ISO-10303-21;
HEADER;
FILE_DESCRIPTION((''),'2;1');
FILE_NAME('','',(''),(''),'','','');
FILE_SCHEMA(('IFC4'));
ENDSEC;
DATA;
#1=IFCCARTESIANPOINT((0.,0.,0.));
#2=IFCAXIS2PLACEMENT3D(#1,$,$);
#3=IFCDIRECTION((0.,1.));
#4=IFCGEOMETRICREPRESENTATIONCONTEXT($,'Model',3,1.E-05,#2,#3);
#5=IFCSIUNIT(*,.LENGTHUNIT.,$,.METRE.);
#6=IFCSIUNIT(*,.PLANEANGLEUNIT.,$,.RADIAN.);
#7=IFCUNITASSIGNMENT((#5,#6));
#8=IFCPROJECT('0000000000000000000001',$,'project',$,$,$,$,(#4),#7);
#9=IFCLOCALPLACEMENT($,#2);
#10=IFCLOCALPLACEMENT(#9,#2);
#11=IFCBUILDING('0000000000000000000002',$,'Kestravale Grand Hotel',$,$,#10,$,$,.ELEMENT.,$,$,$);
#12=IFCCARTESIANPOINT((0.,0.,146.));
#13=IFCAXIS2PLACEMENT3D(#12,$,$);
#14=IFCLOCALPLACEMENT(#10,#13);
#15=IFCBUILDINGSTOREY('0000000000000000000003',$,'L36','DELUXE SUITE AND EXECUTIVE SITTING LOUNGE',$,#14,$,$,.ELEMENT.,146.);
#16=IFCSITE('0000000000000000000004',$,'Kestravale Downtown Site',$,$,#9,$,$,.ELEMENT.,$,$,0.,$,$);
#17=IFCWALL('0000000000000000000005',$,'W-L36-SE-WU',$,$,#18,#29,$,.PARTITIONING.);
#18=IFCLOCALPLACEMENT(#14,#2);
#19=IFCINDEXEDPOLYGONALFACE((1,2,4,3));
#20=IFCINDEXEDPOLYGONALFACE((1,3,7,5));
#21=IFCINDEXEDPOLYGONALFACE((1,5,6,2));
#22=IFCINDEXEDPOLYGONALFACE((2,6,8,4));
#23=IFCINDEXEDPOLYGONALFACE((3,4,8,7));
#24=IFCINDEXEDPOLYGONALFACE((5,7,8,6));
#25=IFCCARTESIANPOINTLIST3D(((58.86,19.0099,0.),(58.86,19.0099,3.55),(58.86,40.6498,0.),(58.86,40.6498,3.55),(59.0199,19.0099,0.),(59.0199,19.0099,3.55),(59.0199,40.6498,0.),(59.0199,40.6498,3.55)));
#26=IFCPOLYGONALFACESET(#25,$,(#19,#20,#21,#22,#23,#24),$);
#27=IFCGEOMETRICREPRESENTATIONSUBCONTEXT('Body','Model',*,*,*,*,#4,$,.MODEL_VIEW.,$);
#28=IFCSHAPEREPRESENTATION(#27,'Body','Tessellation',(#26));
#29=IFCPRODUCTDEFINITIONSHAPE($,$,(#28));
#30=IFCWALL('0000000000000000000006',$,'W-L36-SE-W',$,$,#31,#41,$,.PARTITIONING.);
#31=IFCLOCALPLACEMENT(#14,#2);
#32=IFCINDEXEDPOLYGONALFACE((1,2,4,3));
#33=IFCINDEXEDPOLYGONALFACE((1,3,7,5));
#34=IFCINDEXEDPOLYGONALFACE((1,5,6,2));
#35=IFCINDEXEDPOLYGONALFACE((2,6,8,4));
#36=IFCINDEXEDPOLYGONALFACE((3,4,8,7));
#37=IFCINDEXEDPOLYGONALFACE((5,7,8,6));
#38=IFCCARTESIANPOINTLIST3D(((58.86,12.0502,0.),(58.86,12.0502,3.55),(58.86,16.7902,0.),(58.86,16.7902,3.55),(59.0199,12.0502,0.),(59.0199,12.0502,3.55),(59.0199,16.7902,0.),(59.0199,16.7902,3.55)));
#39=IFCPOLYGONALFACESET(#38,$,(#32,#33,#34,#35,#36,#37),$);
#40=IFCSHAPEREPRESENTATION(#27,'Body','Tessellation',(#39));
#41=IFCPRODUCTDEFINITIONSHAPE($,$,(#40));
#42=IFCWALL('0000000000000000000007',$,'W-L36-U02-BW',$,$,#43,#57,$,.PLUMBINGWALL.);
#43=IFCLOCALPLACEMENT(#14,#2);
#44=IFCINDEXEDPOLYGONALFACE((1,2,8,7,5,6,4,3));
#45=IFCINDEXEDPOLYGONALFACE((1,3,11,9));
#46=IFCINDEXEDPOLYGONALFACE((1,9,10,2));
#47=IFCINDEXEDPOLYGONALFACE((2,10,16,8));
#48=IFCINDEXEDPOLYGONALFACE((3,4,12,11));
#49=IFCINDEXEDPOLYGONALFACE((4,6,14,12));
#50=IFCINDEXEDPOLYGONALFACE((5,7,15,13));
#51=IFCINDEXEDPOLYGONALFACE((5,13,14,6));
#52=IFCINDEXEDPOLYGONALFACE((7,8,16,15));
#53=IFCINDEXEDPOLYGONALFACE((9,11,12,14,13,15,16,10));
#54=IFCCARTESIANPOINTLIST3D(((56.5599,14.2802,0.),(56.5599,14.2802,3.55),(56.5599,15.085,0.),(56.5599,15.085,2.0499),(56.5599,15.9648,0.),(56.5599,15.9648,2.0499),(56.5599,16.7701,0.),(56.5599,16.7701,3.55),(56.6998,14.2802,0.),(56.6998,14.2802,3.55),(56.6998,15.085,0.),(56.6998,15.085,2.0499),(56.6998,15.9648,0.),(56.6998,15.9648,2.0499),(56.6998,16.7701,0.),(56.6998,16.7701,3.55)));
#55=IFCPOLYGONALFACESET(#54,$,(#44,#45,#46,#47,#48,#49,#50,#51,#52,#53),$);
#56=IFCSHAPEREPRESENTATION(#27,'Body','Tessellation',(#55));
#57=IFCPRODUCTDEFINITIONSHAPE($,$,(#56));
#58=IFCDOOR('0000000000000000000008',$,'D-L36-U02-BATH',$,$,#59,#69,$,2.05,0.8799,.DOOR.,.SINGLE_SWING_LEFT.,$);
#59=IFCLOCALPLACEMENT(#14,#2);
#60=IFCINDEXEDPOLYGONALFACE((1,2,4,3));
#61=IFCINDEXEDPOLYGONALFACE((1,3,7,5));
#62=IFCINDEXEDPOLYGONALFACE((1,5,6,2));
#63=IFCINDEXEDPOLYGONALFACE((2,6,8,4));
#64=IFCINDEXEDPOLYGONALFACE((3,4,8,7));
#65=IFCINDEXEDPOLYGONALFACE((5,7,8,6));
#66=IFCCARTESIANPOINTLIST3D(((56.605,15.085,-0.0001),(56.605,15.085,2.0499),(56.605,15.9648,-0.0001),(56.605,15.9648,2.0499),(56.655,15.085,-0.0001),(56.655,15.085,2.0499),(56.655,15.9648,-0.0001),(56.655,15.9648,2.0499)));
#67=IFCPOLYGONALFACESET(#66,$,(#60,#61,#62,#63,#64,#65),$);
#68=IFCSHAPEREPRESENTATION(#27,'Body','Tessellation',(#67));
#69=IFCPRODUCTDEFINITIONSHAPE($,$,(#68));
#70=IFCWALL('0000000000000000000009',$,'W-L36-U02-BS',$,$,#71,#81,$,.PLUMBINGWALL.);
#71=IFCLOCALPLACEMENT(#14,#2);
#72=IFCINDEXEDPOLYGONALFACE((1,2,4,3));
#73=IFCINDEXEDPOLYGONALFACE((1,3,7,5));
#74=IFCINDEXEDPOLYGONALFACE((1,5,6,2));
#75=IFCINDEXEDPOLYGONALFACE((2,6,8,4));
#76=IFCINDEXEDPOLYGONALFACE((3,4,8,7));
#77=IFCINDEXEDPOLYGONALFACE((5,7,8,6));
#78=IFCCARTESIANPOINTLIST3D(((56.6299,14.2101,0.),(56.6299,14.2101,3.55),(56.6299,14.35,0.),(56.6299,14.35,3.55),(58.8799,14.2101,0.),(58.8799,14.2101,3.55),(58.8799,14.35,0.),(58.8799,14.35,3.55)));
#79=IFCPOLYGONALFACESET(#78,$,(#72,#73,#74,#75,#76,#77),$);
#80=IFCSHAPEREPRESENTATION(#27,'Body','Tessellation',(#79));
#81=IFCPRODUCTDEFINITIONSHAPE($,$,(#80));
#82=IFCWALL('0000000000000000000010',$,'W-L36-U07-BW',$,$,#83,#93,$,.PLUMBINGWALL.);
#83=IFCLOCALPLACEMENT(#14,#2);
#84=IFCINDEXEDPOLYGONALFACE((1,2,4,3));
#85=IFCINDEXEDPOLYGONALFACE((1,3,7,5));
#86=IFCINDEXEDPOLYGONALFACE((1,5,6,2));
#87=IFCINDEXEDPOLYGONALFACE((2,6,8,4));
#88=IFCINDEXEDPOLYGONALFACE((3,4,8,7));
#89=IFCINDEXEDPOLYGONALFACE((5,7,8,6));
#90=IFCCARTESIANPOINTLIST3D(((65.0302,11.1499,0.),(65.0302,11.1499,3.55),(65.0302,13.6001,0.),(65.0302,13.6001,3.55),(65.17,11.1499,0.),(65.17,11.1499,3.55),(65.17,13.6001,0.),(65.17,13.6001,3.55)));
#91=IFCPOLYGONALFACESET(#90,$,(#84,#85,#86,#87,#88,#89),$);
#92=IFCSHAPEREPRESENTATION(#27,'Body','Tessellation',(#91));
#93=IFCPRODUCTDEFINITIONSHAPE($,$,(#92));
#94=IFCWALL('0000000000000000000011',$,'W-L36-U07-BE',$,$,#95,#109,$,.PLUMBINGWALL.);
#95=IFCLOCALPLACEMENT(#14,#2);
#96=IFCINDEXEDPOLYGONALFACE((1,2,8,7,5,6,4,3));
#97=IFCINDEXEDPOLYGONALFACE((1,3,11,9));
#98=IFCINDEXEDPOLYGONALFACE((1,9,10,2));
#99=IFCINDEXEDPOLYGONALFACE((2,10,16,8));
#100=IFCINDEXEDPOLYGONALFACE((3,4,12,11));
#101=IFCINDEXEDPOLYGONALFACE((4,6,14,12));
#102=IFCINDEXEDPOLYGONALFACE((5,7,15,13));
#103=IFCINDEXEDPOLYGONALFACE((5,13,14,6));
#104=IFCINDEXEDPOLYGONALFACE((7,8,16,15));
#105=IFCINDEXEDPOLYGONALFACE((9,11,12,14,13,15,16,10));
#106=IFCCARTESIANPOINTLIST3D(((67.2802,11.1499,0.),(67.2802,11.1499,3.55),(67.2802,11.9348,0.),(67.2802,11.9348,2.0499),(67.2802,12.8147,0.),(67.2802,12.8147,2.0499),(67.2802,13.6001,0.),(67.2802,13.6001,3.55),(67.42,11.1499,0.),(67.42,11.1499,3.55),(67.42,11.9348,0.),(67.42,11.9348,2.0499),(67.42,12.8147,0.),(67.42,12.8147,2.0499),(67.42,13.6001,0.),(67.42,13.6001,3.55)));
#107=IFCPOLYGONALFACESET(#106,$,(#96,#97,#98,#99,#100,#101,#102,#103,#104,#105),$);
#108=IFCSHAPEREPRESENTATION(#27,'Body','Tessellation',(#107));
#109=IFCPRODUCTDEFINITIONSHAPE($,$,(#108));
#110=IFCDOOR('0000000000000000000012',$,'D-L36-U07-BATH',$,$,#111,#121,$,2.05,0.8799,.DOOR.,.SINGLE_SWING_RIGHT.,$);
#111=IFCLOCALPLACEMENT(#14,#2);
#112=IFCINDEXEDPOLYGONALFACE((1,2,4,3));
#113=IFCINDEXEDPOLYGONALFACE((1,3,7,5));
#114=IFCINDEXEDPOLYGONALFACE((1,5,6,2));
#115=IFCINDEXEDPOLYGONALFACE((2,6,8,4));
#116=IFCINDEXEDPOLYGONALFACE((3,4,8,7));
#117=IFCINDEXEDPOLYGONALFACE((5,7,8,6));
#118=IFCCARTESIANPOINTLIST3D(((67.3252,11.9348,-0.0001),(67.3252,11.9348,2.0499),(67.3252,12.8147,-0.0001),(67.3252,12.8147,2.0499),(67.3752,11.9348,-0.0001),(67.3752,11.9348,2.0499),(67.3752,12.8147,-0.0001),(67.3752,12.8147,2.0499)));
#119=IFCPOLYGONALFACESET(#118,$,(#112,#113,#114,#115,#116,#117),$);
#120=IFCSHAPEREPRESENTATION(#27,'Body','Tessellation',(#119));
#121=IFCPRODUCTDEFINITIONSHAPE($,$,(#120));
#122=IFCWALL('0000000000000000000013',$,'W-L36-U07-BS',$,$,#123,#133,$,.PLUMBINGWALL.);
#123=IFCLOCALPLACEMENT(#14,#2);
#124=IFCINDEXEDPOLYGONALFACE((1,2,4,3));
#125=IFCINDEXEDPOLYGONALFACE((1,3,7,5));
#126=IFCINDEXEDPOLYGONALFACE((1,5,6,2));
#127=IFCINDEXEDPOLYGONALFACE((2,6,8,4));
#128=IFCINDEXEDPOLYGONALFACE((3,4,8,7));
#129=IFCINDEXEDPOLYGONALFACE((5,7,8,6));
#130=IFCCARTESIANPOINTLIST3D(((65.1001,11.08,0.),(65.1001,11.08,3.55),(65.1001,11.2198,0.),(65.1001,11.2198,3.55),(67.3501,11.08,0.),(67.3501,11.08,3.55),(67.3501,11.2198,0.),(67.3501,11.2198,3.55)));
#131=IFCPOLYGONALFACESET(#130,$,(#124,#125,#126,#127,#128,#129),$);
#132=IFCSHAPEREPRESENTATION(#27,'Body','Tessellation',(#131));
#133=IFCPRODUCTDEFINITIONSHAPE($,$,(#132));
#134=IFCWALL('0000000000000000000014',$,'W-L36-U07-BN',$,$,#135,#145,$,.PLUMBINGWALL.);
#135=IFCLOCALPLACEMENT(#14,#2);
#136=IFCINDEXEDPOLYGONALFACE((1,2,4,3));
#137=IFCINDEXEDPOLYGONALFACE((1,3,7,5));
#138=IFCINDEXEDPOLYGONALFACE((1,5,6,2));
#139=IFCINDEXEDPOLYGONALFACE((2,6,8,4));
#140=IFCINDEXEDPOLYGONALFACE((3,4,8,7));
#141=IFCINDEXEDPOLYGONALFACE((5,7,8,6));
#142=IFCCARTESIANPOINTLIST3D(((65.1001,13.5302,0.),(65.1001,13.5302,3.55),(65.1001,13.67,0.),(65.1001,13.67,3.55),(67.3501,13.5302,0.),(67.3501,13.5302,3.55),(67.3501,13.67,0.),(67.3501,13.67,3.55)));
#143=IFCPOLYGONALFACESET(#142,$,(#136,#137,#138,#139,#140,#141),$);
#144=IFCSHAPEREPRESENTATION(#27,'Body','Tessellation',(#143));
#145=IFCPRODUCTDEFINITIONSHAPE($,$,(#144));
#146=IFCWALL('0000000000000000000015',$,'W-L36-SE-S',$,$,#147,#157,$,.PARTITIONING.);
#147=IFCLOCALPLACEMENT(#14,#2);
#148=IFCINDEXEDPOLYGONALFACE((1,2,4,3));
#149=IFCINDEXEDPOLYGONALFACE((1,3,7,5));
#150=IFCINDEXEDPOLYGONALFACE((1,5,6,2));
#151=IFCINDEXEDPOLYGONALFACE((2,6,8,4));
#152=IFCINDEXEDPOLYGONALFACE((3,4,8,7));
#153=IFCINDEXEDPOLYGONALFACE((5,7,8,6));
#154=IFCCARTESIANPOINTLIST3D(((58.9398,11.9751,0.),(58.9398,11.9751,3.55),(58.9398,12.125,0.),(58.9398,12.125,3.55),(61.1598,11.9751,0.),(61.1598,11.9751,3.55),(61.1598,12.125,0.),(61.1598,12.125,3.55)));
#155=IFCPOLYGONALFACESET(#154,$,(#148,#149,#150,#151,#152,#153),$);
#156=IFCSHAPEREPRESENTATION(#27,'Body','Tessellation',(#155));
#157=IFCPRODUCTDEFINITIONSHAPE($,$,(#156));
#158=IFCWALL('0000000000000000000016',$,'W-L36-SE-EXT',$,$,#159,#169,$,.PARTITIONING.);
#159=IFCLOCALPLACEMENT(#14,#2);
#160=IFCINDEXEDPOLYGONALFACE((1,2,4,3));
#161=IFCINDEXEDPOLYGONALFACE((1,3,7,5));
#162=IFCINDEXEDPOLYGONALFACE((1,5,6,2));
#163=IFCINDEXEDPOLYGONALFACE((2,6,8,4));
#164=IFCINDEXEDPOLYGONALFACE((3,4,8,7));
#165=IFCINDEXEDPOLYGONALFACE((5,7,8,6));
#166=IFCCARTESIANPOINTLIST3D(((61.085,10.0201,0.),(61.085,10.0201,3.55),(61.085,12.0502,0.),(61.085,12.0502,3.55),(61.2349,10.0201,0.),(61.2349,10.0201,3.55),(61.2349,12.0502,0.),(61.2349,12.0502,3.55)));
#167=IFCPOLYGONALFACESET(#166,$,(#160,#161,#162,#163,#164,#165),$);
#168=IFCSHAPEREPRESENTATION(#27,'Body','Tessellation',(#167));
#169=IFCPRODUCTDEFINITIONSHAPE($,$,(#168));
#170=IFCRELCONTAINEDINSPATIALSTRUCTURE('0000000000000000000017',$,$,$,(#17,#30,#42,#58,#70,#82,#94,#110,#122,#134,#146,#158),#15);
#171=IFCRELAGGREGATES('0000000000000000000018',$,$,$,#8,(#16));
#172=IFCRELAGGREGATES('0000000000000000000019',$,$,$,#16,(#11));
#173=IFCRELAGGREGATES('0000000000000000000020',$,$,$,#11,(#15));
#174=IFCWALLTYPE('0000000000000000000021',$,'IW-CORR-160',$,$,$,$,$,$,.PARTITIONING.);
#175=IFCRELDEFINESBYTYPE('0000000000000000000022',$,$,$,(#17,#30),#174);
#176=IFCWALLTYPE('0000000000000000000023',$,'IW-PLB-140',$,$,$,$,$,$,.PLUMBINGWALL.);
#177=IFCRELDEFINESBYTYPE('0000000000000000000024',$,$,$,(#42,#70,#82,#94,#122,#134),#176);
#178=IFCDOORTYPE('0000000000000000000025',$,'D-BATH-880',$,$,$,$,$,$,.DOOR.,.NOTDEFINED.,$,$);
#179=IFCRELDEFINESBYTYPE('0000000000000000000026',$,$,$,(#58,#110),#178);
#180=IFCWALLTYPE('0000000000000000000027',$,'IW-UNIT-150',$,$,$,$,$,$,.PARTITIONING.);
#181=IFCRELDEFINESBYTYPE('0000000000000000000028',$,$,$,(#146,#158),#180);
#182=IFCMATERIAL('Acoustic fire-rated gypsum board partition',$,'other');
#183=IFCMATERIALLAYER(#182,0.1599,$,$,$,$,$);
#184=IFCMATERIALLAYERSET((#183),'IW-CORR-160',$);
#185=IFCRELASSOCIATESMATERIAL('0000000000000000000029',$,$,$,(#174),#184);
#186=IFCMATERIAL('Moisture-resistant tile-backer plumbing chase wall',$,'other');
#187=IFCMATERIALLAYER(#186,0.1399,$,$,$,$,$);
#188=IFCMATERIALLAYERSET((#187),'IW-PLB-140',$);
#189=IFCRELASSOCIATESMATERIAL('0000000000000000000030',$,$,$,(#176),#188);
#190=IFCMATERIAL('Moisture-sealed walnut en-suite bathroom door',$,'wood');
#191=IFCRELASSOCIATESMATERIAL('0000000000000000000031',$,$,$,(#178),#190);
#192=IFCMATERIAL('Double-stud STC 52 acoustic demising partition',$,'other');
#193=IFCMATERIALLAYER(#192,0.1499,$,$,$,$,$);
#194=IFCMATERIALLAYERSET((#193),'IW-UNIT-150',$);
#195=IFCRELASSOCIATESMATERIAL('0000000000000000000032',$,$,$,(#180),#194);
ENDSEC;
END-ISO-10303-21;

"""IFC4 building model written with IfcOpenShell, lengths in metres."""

from ifc_helpers import new_model, si_unit, direction, frame, frame_2d, origin, place, context, subcontext, project, spatial, rectangle, extrude, material, layer, layer_set, type_object, element, fill, save


model = new_model("IFC4")

# Units and contexts
model_context = context("Model", 3, precision=1e-05, world=origin(), true_north=direction((0.0, 1.0)))
body_context = subcontext(model_context, "Body", "Model", "MODEL_VIEW")
ifc_project = project(units=[si_unit("LENGTHUNIT", "METRE"), si_unit("PLANEANGLEUNIT", "RADIAN")], contexts=[model_context])

# Site, building, storey
site_placement = place(None, origin())
site = spatial("IfcSite", under=ifc_project, at=site_placement, Name="Kestravale Downtown Site", CompositionType="ELEMENT", RefElevation=0.0)
building_placement = place(site_placement, origin())
building = spatial("IfcBuilding", under=site, at=building_placement, Name="Kestravale Grand Hotel", CompositionType="ELEMENT")
storey_placement = place(building_placement, frame((0.0, 0.0, 146.0)))
storey = spatial("IfcBuildingStorey", under=building, at=storey_placement, Name="L36", Description="DELUXE SUITE AND EXECUTIVE SITTING LOUNGE", CompositionType="ELEMENT", Elevation=146.0)

# Shared definitions
ifc_material_1 = material(Name="Acoustic fire-rated gypsum board partition", Category="other")
ifc_layer_1 = layer(ifc_material_1, 0.1599)
ifc_layer_set_1 = layer_set([ifc_layer_1], Name="IW-CORR-160")
wall_type_1 = type_object("IfcWallType", Name="IW-CORR-160", PredefinedType="PARTITIONING", material=ifc_layer_set_1)

# Walls
wall_1_placement = place(storey_placement, frame((58.9399, 19.01, 0.0), z_axis=(0.0, 0.0, 1.0), x_axis=(0.0, 1.0, 0.0)))
element("IfcWall", 1, at=wall_1_placement, inside=storey, type_object=wall_type_1, Name="W-L36-SE-WU", PredefinedType="PARTITIONING", context=body_context, shape_type="SweptSolid", body=[
    extrude(rectangle(XDim=21.6399, YDim=0.1599, at=frame_2d((10.8198, 0.0))), origin(), (0.0, 0.0, 1.0), 3.55),
])
wall_2_placement = place(storey_placement, frame((58.9399, 12.05, 0.0), z_axis=(0.0, 0.0, 1.0), x_axis=(0.0, 1.0, 0.0)))
element("IfcWall", 2, at=wall_2_placement, inside=storey, type_object=wall_type_1, Name="W-L36-SE-W", PredefinedType="PARTITIONING", context=body_context, shape_type="SweptSolid", body=[
    extrude(rectangle(XDim=4.74, YDim=0.1599, at=frame_2d((2.3701, 0.0))), origin(), (0.0, 0.0, 1.0), 3.55),
])

# Wall, opening, door
ifc_material_2 = material(Name="Moisture-resistant tile-backer plumbing chase wall", Category="other")
ifc_layer_2 = layer(ifc_material_2, 0.1399)
ifc_layer_set_2 = layer_set([ifc_layer_2], Name="IW-PLB-140")
wall_type_2 = type_object("IfcWallType", Name="IW-PLB-140", PredefinedType="PLUMBINGWALL", material=ifc_layer_set_2)
wall_3_placement = place(storey_placement, frame((56.6299, 14.28, 0.0), z_axis=(0.0, 0.0, 1.0), x_axis=(0.0, 1.0, 0.0)))
wall_3 = element("IfcWall", 3, at=wall_3_placement, inside=storey, type_object=wall_type_2, Name="W-L36-U02-BW", PredefinedType="PLUMBINGWALL", context=body_context, shape_type="SweptSolid", body=[
    extrude(rectangle(XDim=2.49, YDim=0.1399, at=frame_2d((1.2451, 0.0))), origin(), (0.0, 0.0, 1.0), 3.55),
])
opening_1_placement = place(wall_3_placement, frame((0.8049, 0.0, 0.0)))
opening_1 = element("IfcOpeningElement", 4, at=opening_1_placement, cuts=wall_3, PredefinedType="OPENING", context=body_context, shape_type="SweptSolid", body=[
    extrude(rectangle(XDim=0.8799, YDim=2.05, at=frame_2d((0.4399, 1.0249))), frame((0.0, 0.0798, 0.0), z_axis=(0.0, -1.0, 0.0), x_axis=(1.0, 0.0, 0.0)), (0.0, 0.0, 1.0), 0.1599),
])
ifc_material_3 = material(Name="Moisture-sealed walnut en-suite bathroom door", Category="wood")
door_type_1 = type_object("IfcDoorType", Name="D-BATH-880", OperationType="NOTDEFINED", PredefinedType="DOOR", material=ifc_material_3)
door_1_placement = place(opening_1_placement, origin())
door_1 = element("IfcDoor", 5, at=door_1_placement, inside=storey, type_object=door_type_1, Name="D-L36-U02-BATH", OperationType="SINGLE_SWING_LEFT", OverallHeight=2.05, OverallWidth=0.8799, PredefinedType="DOOR", context=body_context, shape_type="SweptSolid", body=[
    extrude(rectangle(XDim=0.8799, YDim=2.05, at=frame_2d((0.4399, 1.0249))), frame((0.0, 0.0249, 0.0), z_axis=(0.0, -1.0, 0.0), x_axis=(1.0, 0.0, 0.0)), (0.0, 0.0, 1.0), 0.05),
])
fill(opening_1, door_1)

# Walls
wall_4_placement = place(storey_placement, frame((56.6299, 14.28, 0.0), z_axis=(0.0, 0.0, 1.0), x_axis=(1.0, 0.0, 0.0)))
element("IfcWall", 6, at=wall_4_placement, inside=storey, type_object=wall_type_2, Name="W-L36-U02-BS", PredefinedType="PLUMBINGWALL", context=body_context, shape_type="SweptSolid", body=[
    extrude(rectangle(XDim=2.25, YDim=0.1399, at=frame_2d((1.125, 0.0))), origin(), (0.0, 0.0, 1.0), 3.55),
])
wall_5_placement = place(storey_placement, frame((65.1001, 11.1499, 0.0), z_axis=(0.0, 0.0, 1.0), x_axis=(0.0, 1.0, 0.0)))
element("IfcWall", 7, at=wall_5_placement, inside=storey, type_object=wall_type_2, Name="W-L36-U07-BW", PredefinedType="PLUMBINGWALL", context=body_context, shape_type="SweptSolid", body=[
    extrude(rectangle(XDim=2.4502, YDim=0.1399, at=frame_2d((1.2251, 0.0))), origin(), (0.0, 0.0, 1.0), 3.55),
])

# Wall, opening, door
wall_6_placement = place(storey_placement, frame((67.3501, 11.1499, 0.0), z_axis=(0.0, 0.0, 1.0), x_axis=(0.0, 1.0, 0.0)))
wall_6 = element("IfcWall", 8, at=wall_6_placement, inside=storey, type_object=wall_type_2, Name="W-L36-U07-BE", PredefinedType="PLUMBINGWALL", context=body_context, shape_type="SweptSolid", body=[
    extrude(rectangle(XDim=2.4502, YDim=0.1399, at=frame_2d((1.2251, 0.0))), origin(), (0.0, 0.0, 1.0), 3.55),
])
opening_2_placement = place(wall_6_placement, frame((0.7849, 0.0, 0.0)))
opening_2 = element("IfcOpeningElement", 9, at=opening_2_placement, cuts=wall_6, PredefinedType="OPENING", context=body_context, shape_type="SweptSolid", body=[
    extrude(rectangle(XDim=0.8799, YDim=2.05, at=frame_2d((0.4399, 1.0249))), frame((0.0, 0.0798, 0.0), z_axis=(0.0, -1.0, 0.0), x_axis=(1.0, 0.0, 0.0)), (0.0, 0.0, 1.0), 0.1599),
])
door_2_placement = place(opening_2_placement, origin())
door_2 = element("IfcDoor", 10, at=door_2_placement, inside=storey, type_object=door_type_1, Name="D-L36-U07-BATH", OperationType="SINGLE_SWING_RIGHT", OverallHeight=2.05, OverallWidth=0.8799, PredefinedType="DOOR", context=body_context, shape_type="SweptSolid", body=[
    extrude(rectangle(XDim=0.8799, YDim=2.05, at=frame_2d((0.4399, 1.0249))), frame((0.0, 0.0249, 0.0), z_axis=(0.0, -1.0, 0.0), x_axis=(1.0, 0.0, 0.0)), (0.0, 0.0, 1.0), 0.05),
])
fill(opening_2, door_2)

# Walls
for number, where, z_axis, x_axis, name in (
    (11, (65.1001, 11.1499, 0.0), (0.0, 0.0, 1.0), (1.0, 0.0, 0.0), "W-L36-U07-BS"),
    (12, (65.1001, 13.6001, 0.0), (0.0, 0.0, 1.0), (1.0, 0.0, 0.0), "W-L36-U07-BN"),
):
    element("IfcWall", number, at=place(storey_placement, frame(where, z_axis=z_axis, x_axis=x_axis)), inside=storey, type_object=wall_type_2, Name=name, PredefinedType="PLUMBINGWALL", context=body_context, shape_type="SweptSolid", body=[
        extrude(rectangle(XDim=2.25, YDim=0.1399, at=frame_2d((1.125, 0.0))), origin(), (0.0, 0.0, 1.0), 3.55),
    ])
ifc_material_4 = material(Name="Double-stud STC 52 acoustic demising partition", Category="other")
ifc_layer_3 = layer(ifc_material_4, 0.1499)
ifc_layer_set_3 = layer_set([ifc_layer_3], Name="IW-UNIT-150")
wall_type_3 = type_object("IfcWallType", Name="IW-UNIT-150", PredefinedType="PARTITIONING", material=ifc_layer_set_3)
wall_7_placement = place(storey_placement, frame((58.9399, 12.05, 0.0), z_axis=(0.0, 0.0, 1.0), x_axis=(1.0, 0.0, 0.0)))
element("IfcWall", 13, at=wall_7_placement, inside=storey, type_object=wall_type_3, Name="W-L36-SE-S", PredefinedType="PARTITIONING", context=body_context, shape_type="SweptSolid", body=[
    extrude(rectangle(XDim=2.22, YDim=0.1499, at=frame_2d((1.1099, 0.0))), origin(), (0.0, 0.0, 1.0), 3.55),
])
wall_8_placement = place(storey_placement, frame((61.1599, 10.02, 0.0), z_axis=(0.0, 0.0, 1.0), x_axis=(0.0, 1.0, 0.0)))
element("IfcWall", 14, at=wall_8_placement, inside=storey, type_object=wall_type_3, Name="W-L36-SE-EXT", PredefinedType="PARTITIONING", context=body_context, shape_type="SweptSolid", body=[
    extrude(rectangle(XDim=2.03, YDim=0.1499, at=frame_2d((1.0151, 0.0))), origin(), (0.0, 0.0, 1.0), 3.55),
])

save(model, "model.ifc")
